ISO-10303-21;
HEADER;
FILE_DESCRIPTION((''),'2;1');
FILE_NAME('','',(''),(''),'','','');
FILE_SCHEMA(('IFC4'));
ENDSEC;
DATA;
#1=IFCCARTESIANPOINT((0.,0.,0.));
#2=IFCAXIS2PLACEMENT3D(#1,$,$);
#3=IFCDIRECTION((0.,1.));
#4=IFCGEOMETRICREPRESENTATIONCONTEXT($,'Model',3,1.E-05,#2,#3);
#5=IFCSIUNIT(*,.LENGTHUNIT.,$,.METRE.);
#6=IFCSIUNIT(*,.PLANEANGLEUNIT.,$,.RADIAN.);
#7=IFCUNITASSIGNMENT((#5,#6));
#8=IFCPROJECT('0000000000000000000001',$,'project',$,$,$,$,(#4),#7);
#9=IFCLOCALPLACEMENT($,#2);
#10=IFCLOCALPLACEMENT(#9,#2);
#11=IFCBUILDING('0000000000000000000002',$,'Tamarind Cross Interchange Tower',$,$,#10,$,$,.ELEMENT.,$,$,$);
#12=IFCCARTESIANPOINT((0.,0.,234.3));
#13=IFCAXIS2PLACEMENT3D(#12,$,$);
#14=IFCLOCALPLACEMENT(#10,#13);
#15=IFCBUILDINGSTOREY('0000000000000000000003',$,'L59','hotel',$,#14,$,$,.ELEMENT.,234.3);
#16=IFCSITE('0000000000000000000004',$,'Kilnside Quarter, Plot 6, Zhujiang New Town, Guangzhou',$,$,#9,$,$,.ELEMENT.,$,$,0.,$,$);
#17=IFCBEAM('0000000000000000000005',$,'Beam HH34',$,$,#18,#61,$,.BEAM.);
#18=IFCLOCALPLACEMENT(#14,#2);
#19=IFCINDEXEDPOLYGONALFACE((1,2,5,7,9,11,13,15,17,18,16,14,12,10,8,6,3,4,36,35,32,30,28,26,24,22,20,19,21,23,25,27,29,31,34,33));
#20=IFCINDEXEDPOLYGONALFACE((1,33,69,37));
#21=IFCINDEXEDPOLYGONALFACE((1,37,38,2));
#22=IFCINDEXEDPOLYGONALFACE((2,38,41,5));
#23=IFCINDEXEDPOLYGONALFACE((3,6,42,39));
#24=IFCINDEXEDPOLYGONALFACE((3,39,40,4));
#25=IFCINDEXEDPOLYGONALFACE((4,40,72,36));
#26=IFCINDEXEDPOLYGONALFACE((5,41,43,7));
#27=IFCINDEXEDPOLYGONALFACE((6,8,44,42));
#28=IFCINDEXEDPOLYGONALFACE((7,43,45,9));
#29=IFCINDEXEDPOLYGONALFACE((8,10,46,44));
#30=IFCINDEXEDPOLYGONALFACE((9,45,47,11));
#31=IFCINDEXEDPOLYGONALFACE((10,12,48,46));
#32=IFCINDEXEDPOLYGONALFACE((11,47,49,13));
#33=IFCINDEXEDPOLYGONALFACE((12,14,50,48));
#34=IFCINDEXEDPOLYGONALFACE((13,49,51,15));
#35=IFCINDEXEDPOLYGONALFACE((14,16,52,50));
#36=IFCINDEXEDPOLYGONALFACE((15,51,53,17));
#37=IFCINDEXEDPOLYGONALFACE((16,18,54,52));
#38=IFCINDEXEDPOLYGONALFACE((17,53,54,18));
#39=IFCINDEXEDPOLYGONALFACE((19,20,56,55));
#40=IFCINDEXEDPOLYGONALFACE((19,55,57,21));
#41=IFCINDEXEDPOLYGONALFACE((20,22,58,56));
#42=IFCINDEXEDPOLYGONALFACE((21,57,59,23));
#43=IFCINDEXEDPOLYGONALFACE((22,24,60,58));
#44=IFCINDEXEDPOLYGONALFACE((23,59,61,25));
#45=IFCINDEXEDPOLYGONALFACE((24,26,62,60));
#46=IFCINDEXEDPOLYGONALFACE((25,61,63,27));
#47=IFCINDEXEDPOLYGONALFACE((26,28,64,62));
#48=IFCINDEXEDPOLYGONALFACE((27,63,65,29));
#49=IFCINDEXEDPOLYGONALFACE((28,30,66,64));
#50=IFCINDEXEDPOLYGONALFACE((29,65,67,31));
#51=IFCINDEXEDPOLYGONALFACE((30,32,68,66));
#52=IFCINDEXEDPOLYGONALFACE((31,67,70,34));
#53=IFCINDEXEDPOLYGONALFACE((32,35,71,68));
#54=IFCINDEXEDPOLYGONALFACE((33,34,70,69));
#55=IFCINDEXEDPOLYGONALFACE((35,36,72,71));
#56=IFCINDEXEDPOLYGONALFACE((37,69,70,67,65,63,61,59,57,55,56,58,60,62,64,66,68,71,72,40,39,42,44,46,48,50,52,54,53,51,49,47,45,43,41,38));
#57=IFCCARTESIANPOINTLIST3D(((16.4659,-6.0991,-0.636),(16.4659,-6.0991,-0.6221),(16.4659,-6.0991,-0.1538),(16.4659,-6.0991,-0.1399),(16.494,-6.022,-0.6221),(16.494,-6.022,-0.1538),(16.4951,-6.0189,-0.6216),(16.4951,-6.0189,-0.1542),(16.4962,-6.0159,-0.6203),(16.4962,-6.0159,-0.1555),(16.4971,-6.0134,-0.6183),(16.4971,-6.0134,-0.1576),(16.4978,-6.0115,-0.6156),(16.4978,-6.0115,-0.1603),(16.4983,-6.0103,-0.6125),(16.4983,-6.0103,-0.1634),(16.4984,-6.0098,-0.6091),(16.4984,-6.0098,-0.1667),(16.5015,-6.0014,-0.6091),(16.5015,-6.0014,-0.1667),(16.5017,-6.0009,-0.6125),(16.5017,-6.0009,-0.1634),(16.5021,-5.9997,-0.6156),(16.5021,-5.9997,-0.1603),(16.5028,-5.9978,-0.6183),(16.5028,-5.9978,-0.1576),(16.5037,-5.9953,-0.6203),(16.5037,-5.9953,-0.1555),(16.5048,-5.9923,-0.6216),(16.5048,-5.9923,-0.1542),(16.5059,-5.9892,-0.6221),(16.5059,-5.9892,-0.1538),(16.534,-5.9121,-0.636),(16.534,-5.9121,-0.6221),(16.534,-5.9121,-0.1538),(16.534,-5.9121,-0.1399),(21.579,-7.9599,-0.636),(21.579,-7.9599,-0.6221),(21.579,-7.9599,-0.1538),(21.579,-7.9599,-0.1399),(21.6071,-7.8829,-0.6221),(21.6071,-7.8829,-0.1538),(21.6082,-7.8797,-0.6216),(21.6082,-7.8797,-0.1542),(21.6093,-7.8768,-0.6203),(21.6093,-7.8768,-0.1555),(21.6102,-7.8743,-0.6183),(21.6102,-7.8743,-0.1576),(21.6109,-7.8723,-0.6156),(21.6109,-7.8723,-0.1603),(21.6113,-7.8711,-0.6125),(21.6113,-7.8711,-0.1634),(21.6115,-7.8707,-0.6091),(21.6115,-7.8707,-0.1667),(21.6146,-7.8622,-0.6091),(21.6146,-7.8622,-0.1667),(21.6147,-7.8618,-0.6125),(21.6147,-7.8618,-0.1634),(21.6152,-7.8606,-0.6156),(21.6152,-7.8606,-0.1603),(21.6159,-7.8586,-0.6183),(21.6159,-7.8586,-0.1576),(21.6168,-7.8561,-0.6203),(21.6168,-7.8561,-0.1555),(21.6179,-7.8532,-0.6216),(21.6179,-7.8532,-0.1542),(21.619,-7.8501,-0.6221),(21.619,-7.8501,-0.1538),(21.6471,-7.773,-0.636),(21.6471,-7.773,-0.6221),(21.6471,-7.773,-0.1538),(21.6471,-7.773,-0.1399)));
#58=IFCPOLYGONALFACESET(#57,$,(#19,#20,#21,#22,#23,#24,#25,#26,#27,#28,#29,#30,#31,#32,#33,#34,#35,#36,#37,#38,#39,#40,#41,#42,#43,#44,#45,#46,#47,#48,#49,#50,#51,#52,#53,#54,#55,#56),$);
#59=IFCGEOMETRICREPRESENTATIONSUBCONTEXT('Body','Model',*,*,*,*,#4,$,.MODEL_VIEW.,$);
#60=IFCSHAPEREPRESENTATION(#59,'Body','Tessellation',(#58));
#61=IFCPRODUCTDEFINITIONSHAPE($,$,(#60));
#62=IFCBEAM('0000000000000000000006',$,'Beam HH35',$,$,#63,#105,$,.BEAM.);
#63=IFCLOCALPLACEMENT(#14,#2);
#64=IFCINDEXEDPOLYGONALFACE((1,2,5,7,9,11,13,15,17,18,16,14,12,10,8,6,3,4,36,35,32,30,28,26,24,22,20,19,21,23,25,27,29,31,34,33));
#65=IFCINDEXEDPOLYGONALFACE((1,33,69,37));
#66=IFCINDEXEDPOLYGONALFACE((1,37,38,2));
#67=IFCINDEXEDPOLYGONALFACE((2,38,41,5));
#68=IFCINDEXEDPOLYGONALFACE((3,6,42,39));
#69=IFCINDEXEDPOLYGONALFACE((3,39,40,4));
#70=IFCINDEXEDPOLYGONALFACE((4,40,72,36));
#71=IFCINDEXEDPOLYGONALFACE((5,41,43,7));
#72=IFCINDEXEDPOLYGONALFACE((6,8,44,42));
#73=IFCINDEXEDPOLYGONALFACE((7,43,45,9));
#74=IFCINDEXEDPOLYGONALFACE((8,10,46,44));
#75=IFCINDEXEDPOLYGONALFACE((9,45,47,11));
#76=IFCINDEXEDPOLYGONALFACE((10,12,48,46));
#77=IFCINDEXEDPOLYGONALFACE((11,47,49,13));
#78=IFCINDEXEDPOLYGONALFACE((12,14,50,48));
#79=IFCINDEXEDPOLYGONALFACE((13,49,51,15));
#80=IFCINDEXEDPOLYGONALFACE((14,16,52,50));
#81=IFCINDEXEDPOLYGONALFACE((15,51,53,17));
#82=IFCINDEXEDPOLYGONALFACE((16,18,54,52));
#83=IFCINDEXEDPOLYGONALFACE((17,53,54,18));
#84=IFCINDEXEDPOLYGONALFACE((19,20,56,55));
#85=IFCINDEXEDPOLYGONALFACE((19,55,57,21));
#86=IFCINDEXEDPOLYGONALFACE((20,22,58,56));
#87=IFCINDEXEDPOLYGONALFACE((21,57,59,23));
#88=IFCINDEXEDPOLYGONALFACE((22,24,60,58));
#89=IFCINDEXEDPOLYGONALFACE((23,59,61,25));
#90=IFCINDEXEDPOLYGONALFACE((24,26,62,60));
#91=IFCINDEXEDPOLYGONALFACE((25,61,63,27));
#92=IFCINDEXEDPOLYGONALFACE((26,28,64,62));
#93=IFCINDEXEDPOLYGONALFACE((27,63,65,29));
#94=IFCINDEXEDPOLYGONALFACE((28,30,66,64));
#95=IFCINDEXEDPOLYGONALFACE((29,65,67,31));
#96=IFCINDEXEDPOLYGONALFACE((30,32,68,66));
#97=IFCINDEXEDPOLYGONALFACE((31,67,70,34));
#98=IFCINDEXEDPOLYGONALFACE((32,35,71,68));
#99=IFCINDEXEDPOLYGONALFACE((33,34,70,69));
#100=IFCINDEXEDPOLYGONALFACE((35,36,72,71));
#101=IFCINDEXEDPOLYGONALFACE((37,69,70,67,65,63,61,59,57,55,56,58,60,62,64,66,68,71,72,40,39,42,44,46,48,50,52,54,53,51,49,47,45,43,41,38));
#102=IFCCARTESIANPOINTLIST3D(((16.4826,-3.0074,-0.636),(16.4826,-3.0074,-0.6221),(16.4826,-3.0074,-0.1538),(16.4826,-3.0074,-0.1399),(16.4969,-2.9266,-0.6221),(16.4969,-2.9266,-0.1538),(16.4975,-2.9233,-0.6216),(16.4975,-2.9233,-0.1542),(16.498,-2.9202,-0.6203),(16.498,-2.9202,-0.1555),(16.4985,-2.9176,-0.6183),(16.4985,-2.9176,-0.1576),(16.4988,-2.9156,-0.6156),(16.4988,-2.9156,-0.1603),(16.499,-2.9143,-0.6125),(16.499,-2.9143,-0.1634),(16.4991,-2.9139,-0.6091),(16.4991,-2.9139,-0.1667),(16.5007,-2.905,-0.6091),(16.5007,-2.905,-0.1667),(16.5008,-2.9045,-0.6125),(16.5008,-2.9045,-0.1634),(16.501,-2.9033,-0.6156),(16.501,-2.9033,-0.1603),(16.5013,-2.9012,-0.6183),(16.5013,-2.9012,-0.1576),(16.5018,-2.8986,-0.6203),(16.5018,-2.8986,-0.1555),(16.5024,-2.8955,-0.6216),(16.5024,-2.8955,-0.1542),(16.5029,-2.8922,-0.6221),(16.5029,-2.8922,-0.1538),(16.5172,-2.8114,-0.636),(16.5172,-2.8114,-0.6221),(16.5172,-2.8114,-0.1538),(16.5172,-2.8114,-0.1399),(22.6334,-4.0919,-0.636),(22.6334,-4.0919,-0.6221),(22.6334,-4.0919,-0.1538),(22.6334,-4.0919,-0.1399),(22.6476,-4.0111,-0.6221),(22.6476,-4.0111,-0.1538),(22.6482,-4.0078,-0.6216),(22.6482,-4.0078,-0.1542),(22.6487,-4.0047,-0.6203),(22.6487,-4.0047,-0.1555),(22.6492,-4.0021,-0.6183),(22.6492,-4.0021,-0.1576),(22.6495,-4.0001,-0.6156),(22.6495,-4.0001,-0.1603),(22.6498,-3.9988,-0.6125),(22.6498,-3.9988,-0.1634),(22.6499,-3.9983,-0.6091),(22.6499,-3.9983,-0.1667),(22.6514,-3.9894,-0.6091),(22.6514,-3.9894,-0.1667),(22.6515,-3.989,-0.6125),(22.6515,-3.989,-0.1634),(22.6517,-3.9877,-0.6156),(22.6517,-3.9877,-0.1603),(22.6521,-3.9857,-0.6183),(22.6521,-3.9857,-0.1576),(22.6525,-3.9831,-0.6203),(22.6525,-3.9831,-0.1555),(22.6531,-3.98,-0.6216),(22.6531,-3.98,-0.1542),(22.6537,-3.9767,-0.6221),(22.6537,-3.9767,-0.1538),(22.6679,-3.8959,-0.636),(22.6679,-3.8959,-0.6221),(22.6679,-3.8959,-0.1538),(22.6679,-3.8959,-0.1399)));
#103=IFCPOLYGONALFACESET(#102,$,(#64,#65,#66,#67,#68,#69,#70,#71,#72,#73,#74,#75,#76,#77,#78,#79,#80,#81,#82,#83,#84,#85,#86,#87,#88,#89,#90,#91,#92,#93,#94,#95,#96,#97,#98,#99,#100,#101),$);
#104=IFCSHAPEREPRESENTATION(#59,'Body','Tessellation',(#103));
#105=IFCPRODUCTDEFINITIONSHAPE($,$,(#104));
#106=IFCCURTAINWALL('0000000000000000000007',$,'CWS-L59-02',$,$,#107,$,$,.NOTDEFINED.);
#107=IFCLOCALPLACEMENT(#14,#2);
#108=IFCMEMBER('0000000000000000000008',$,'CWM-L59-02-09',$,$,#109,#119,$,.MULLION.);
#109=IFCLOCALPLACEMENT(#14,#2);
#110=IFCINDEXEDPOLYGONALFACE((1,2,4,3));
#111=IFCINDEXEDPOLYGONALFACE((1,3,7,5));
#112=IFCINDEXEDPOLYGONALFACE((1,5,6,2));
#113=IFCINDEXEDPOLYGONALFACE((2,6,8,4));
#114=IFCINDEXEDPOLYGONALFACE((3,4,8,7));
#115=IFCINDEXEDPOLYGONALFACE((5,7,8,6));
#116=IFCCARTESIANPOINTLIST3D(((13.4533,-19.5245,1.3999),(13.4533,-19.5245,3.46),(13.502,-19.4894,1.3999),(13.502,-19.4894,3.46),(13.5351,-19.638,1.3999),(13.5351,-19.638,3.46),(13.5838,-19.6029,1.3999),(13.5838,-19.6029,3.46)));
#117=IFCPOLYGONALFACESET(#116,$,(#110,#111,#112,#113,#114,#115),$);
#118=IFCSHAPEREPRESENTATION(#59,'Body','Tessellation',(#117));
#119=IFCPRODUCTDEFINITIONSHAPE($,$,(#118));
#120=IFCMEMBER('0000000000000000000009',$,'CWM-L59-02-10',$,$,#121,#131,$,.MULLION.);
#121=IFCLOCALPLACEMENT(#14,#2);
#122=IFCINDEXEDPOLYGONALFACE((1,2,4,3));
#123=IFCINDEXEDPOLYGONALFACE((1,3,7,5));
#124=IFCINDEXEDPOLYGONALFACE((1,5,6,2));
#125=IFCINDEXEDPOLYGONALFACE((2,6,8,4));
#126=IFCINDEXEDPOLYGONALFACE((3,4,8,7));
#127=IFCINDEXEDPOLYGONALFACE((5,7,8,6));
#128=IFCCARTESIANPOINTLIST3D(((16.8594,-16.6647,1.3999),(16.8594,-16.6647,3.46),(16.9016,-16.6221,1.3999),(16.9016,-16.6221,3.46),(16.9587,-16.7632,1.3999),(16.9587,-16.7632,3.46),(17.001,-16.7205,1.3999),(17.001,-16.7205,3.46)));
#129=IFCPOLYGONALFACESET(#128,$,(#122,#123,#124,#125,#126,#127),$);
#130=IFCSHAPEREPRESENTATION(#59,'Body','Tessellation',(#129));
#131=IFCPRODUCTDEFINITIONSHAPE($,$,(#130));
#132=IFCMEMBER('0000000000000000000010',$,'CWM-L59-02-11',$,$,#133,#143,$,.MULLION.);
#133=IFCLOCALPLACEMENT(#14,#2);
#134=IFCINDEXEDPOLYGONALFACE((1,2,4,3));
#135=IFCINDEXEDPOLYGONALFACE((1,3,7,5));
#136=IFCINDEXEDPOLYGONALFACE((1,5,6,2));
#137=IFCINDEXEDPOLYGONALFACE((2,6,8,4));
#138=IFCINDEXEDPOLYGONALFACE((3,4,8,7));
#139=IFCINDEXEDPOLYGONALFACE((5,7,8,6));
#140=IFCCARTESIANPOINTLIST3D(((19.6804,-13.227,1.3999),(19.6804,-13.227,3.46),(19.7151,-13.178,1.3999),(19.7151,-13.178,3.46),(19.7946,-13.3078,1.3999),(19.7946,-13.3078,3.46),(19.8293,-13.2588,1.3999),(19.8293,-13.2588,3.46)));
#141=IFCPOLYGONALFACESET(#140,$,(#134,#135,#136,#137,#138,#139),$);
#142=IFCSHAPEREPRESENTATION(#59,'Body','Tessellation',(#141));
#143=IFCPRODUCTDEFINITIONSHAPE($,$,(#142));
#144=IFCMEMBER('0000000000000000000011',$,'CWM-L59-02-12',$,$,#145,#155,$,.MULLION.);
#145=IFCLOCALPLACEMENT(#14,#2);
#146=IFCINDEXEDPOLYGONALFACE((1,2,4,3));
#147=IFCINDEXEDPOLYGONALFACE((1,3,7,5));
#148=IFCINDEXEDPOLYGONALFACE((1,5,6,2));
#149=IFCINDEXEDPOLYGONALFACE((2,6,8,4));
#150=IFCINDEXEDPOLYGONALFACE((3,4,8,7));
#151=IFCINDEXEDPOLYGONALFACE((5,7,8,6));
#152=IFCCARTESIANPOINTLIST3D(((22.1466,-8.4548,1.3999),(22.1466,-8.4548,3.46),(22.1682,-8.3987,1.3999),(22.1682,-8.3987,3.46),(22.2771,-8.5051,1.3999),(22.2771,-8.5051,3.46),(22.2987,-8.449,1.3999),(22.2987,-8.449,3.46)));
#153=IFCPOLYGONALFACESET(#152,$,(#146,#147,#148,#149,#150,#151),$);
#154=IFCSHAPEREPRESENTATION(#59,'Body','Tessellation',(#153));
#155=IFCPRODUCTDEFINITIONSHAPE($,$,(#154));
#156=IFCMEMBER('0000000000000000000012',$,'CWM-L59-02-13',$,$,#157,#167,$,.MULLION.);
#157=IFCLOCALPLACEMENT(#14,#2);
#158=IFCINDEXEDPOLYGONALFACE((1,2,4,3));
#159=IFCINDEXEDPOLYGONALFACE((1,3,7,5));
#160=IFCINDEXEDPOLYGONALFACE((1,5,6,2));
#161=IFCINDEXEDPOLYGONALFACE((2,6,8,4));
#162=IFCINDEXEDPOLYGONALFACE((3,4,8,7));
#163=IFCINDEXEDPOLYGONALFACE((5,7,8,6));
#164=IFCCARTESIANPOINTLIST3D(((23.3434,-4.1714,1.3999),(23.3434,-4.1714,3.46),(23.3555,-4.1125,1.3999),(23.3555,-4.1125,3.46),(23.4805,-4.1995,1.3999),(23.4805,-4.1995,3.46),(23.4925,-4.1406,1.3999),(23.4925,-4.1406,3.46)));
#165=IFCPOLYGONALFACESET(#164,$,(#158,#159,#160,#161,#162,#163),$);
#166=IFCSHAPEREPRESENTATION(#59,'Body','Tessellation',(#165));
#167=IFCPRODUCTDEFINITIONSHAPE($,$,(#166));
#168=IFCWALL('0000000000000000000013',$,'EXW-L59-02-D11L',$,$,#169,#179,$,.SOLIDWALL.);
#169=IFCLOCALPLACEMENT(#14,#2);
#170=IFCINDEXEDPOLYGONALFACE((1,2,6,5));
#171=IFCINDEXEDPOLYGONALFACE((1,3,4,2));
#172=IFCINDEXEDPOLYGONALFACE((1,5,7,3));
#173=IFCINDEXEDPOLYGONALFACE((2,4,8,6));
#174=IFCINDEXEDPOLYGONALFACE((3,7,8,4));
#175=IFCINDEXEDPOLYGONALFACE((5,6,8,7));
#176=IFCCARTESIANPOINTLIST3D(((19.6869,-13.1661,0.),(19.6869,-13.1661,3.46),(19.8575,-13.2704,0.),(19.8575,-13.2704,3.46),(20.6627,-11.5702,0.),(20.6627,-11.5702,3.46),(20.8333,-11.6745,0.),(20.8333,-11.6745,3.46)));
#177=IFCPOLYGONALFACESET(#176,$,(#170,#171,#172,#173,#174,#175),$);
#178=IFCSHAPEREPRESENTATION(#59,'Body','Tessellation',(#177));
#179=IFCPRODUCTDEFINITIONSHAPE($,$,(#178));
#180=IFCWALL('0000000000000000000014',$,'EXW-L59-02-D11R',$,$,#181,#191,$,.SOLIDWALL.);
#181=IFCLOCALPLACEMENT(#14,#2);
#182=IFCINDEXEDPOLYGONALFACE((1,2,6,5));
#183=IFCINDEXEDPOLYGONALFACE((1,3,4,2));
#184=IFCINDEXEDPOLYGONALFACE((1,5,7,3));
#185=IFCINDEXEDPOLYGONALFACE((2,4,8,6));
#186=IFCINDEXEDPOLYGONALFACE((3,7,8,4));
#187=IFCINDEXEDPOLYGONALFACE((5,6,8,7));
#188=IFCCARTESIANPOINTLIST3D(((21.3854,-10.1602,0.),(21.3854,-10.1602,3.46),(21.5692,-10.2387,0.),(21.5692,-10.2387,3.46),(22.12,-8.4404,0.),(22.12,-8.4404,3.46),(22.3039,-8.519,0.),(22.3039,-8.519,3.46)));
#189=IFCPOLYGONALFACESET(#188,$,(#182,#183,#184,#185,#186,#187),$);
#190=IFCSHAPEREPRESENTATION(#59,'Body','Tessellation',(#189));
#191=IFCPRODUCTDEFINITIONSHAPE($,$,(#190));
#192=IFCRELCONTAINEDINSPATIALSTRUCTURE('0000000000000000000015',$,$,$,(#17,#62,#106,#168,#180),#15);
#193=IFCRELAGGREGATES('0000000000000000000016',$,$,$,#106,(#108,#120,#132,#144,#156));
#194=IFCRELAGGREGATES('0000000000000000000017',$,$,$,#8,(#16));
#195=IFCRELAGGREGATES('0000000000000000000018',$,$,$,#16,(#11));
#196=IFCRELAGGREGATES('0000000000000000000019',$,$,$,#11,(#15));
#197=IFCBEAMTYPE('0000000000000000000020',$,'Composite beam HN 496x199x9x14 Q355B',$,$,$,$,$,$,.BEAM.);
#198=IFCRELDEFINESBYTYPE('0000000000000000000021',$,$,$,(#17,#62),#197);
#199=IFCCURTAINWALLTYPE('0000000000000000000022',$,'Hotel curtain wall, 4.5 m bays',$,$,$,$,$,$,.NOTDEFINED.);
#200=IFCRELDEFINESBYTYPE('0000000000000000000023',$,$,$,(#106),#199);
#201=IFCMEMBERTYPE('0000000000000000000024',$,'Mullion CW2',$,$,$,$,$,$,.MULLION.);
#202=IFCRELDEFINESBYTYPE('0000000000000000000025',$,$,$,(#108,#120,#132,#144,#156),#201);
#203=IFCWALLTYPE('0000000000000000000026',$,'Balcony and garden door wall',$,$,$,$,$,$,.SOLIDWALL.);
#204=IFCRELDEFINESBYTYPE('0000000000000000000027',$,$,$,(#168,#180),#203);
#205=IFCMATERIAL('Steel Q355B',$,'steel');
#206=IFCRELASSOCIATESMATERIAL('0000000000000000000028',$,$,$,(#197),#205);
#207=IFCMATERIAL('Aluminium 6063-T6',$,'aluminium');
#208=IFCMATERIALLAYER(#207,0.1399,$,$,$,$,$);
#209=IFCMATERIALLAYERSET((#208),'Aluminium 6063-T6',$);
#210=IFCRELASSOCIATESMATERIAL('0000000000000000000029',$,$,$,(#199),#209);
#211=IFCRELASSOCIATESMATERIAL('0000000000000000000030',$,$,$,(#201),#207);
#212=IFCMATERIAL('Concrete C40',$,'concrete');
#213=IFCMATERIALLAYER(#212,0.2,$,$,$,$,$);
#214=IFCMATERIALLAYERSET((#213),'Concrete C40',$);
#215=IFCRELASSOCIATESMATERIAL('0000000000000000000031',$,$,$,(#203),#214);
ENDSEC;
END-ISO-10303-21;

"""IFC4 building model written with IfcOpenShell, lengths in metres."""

from ifc_helpers import new_model, si_unit, direction, frame, frame_2d, origin, origin_2d, place, context, subcontext, project, spatial, rectangle, i_section, extrude, material, layer, layer_set, material_profile, profile_set, type_object, element, aggregate, save


model = new_model("IFC4")

# Units and contexts
model_context = context("Model", 3, precision=1e-05, world=origin(), true_north=direction((0.0, 1.0)))
body_context = subcontext(model_context, "Body", "Model", "MODEL_VIEW")
ifc_project = project(units=[si_unit("LENGTHUNIT", "METRE"), si_unit("PLANEANGLEUNIT", "RADIAN")], contexts=[model_context])

# Site, building, storey
site_placement = place(None, origin())
site = spatial("IfcSite", under=ifc_project, at=site_placement, Name="Kilnside Quarter, Plot 6, Zhujiang New Town, Guangzhou", CompositionType="ELEMENT", RefElevation=0.0)
building_placement = place(site_placement, origin())
building = spatial("IfcBuilding", under=site, at=building_placement, Name="Tamarind Cross Interchange Tower", CompositionType="ELEMENT")
storey_placement = place(building_placement, frame((0.0, 0.0, 234.3)))
storey = spatial("IfcBuildingStorey", under=building, at=storey_placement, Name="L59", Description="hotel", CompositionType="ELEMENT", Elevation=234.3)

# Beams
ifc_material_1 = material(Name="Steel Q355B", Category="steel")
ifc_material_profile_1 = material_profile(ifc_material_1, i_section(OverallWidth=0.199, OverallDepth=0.4961, WebThickness=0.009, FlangeThickness=0.0139, FilletRadius=0.0129, at=origin_2d()), Name="HN 496x199x9x14")
ifc_profile_set_1 = profile_set([ifc_material_profile_1], Name="Steel Q355B")
beam_type = type_object("IfcBeamType", Name="Composite beam HN 496x199x9x14 Q355B", PredefinedType="BEAM", material=ifc_profile_set_1)
beam_1_placement = place(storey_placement, frame((21.613, -7.8665, -0.3879), z_axis=(-0.939702, 0.341995, 0.0), x_axis=(-0.341995, -0.939702, 0.0)))
element("IfcBeam", 1, at=beam_1_placement, inside=storey, type_object=beam_type, Name="Beam HH34", PredefinedType="BEAM", context=body_context, shape_type="SweptSolid", body=[
    extrude(i_section(OverallWidth=0.199, OverallDepth=0.4961, WebThickness=0.009, FlangeThickness=0.0139, FilletRadius=0.0129, at=origin_2d()), origin(), (0.0, 0.0, 1.0), 5.4412),
])
beam_2_placement = place(storey_placement, frame((22.6506, -3.9939, -0.3879), z_axis=(-0.984809, 0.17364, 0.0), x_axis=(-0.17364, -0.984809, 0.0)))
element("IfcBeam", 2, at=beam_2_placement, inside=storey, type_object=beam_type, Name="Beam HH35", PredefinedType="BEAM", context=body_context, shape_type="SweptSolid", body=[
    extrude(i_section(OverallWidth=0.199, OverallDepth=0.4961, WebThickness=0.009, FlangeThickness=0.0139, FilletRadius=0.0129, at=origin_2d()), origin(), (0.0, 0.0, 1.0), 6.2456),
])

# Curtain wall, members
ifc_material_2 = material(Name="Aluminium 6063-T6", Category="aluminium")
ifc_layer_1 = layer(ifc_material_2, 0.1399)
ifc_layer_set_1 = layer_set([ifc_layer_1], Name="Aluminium 6063-T6")
curtain_wall_type = type_object("IfcCurtainWallType", Name="Hotel curtain wall, 4.5 m bays", PredefinedType="NOTDEFINED", material=ifc_layer_set_1)
curtain_wall_placement = place(storey_placement, origin())
curtain_wall = element("IfcCurtainWall", 3, at=curtain_wall_placement, inside=storey, type_object=curtain_wall_type, Name="CWS-L59-02", PredefinedType="NOTDEFINED")
ifc_material_profile_2 = material_profile(ifc_material_2, rectangle(XDim=0.0601, YDim=0.1399, at=origin_2d()), Name="Mullion CW2")
ifc_profile_set_2 = profile_set([ifc_material_profile_2], Name="Aluminium 6063-T6")
member_type = type_object("IfcMemberType", Name="Mullion CW2", PredefinedType="MULLION", material=ifc_profile_set_2)
member_1_placement = place(storey_placement, frame((13.5186, -19.5637, 1.3999), z_axis=(0.0, 0.0, 1.0), x_axis=(0.81134, 0.584574, 0.0)))
member_1 = element("IfcMember", 4, at=member_1_placement, type_object=member_type, Name="CWM-L59-02-09", PredefinedType="MULLION", context=body_context, shape_type="SweptSolid", body=[
    extrude(rectangle(XDim=0.0601, YDim=0.1399, at=origin_2d()), origin(), (0.0, 0.0, 1.0), 2.0601),
])
member_2_placement = place(storey_placement, frame((16.9302, -16.6926, 1.3999), z_axis=(0.0, 0.0, 1.0), x_axis=(0.704057, 0.710143, 0.0)))
member_2 = element("IfcMember", 5, at=member_2_placement, type_object=member_type, Name="CWM-L59-02-10", PredefinedType="MULLION", context=body_context, shape_type="SweptSolid", body=[
    extrude(rectangle(XDim=0.0601, YDim=0.1399, at=origin_2d()), origin(), (0.0, 0.0, 1.0), 2.0601),
])
member_3_placement = place(storey_placement, frame((19.7549, -13.2429, 1.3999), z_axis=(0.0, 0.0, 1.0), x_axis=(0.577569, 0.816342, 0.0)))
member_3 = element("IfcMember", 6, at=member_3_placement, type_object=member_type, Name="CWM-L59-02-11", PredefinedType="MULLION", context=body_context, shape_type="SweptSolid", body=[
    extrude(rectangle(XDim=0.0601, YDim=0.1399, at=origin_2d()), origin(), (0.0, 0.0, 1.0), 2.0601),
])
member_4_placement = place(storey_placement, frame((22.2227, -8.4519, 1.3999), z_axis=(0.0, 0.0, 1.0), x_axis=(0.359495, 0.933147, 0.0)))
member_4 = element("IfcMember", 7, at=member_4_placement, type_object=member_type, Name="CWM-L59-02-12", PredefinedType="MULLION", context=body_context, shape_type="SweptSolid", body=[
    extrude(rectangle(XDim=0.0601, YDim=0.1399, at=origin_2d()), origin(), (0.0, 0.0, 1.0), 2.0601),
])
member_5_placement = place(storey_placement, frame((23.418, -4.156, 1.3999), z_axis=(0.0, 0.0, 1.0), x_axis=(0.201001, 0.979591, 0.0)))
member_5 = element("IfcMember", 8, at=member_5_placement, type_object=member_type, Name="CWM-L59-02-13", PredefinedType="MULLION", context=body_context, shape_type="SweptSolid", body=[
    extrude(rectangle(XDim=0.0601, YDim=0.1399, at=origin_2d()), origin(), (0.0, 0.0, 1.0), 2.0601),
])
aggregate(curtain_wall, [member_1, member_2, member_3, member_4, member_5])

# Walls
ifc_material_3 = material(Name="Concrete C40", Category="concrete")
ifc_layer_2 = layer(ifc_material_3, 0.2)
ifc_layer_set_2 = layer_set([ifc_layer_2], Name="Concrete C40")
wall_type_1 = type_object("IfcWallType", Name="Balcony and garden door wall", PredefinedType="SOLIDWALL", material=ifc_layer_set_2)
wall_1_placement = place(storey_placement, frame((19.7722, -13.2183, 0.0), z_axis=(0.0, 0.0, 1.0), x_axis=(0.521656, 0.853156, 0.0)))
element("IfcWall", 9, at=wall_1_placement, inside=storey, type_object=wall_type_1, Name="EXW-L59-02-D11L", PredefinedType="SOLIDWALL", context=body_context, shape_type="SweptSolid", body=[
    extrude(rectangle(XDim=1.8706, YDim=0.2, at=frame_2d((0.9353, 0.0))), origin(), (0.0, 0.0, 1.0), 3.46),
])
wall_2_placement = place(storey_placement, frame((21.4773, -10.1995, 0.0), z_axis=(0.0, 0.0, 1.0), x_axis=(0.392832, 0.91961, 0.0)))
element("IfcWall", 10, at=wall_2_placement, inside=storey, type_object=wall_type_1, Name="EXW-L59-02-D11R", PredefinedType="SOLIDWALL", context=body_context, shape_type="SweptSolid", body=[
    extrude(rectangle(XDim=1.8701, YDim=0.2, at=frame_2d((0.9351, 0.0))), origin(), (0.0, 0.0, 1.0), 3.46),
])

save(model, "model.ifc")
